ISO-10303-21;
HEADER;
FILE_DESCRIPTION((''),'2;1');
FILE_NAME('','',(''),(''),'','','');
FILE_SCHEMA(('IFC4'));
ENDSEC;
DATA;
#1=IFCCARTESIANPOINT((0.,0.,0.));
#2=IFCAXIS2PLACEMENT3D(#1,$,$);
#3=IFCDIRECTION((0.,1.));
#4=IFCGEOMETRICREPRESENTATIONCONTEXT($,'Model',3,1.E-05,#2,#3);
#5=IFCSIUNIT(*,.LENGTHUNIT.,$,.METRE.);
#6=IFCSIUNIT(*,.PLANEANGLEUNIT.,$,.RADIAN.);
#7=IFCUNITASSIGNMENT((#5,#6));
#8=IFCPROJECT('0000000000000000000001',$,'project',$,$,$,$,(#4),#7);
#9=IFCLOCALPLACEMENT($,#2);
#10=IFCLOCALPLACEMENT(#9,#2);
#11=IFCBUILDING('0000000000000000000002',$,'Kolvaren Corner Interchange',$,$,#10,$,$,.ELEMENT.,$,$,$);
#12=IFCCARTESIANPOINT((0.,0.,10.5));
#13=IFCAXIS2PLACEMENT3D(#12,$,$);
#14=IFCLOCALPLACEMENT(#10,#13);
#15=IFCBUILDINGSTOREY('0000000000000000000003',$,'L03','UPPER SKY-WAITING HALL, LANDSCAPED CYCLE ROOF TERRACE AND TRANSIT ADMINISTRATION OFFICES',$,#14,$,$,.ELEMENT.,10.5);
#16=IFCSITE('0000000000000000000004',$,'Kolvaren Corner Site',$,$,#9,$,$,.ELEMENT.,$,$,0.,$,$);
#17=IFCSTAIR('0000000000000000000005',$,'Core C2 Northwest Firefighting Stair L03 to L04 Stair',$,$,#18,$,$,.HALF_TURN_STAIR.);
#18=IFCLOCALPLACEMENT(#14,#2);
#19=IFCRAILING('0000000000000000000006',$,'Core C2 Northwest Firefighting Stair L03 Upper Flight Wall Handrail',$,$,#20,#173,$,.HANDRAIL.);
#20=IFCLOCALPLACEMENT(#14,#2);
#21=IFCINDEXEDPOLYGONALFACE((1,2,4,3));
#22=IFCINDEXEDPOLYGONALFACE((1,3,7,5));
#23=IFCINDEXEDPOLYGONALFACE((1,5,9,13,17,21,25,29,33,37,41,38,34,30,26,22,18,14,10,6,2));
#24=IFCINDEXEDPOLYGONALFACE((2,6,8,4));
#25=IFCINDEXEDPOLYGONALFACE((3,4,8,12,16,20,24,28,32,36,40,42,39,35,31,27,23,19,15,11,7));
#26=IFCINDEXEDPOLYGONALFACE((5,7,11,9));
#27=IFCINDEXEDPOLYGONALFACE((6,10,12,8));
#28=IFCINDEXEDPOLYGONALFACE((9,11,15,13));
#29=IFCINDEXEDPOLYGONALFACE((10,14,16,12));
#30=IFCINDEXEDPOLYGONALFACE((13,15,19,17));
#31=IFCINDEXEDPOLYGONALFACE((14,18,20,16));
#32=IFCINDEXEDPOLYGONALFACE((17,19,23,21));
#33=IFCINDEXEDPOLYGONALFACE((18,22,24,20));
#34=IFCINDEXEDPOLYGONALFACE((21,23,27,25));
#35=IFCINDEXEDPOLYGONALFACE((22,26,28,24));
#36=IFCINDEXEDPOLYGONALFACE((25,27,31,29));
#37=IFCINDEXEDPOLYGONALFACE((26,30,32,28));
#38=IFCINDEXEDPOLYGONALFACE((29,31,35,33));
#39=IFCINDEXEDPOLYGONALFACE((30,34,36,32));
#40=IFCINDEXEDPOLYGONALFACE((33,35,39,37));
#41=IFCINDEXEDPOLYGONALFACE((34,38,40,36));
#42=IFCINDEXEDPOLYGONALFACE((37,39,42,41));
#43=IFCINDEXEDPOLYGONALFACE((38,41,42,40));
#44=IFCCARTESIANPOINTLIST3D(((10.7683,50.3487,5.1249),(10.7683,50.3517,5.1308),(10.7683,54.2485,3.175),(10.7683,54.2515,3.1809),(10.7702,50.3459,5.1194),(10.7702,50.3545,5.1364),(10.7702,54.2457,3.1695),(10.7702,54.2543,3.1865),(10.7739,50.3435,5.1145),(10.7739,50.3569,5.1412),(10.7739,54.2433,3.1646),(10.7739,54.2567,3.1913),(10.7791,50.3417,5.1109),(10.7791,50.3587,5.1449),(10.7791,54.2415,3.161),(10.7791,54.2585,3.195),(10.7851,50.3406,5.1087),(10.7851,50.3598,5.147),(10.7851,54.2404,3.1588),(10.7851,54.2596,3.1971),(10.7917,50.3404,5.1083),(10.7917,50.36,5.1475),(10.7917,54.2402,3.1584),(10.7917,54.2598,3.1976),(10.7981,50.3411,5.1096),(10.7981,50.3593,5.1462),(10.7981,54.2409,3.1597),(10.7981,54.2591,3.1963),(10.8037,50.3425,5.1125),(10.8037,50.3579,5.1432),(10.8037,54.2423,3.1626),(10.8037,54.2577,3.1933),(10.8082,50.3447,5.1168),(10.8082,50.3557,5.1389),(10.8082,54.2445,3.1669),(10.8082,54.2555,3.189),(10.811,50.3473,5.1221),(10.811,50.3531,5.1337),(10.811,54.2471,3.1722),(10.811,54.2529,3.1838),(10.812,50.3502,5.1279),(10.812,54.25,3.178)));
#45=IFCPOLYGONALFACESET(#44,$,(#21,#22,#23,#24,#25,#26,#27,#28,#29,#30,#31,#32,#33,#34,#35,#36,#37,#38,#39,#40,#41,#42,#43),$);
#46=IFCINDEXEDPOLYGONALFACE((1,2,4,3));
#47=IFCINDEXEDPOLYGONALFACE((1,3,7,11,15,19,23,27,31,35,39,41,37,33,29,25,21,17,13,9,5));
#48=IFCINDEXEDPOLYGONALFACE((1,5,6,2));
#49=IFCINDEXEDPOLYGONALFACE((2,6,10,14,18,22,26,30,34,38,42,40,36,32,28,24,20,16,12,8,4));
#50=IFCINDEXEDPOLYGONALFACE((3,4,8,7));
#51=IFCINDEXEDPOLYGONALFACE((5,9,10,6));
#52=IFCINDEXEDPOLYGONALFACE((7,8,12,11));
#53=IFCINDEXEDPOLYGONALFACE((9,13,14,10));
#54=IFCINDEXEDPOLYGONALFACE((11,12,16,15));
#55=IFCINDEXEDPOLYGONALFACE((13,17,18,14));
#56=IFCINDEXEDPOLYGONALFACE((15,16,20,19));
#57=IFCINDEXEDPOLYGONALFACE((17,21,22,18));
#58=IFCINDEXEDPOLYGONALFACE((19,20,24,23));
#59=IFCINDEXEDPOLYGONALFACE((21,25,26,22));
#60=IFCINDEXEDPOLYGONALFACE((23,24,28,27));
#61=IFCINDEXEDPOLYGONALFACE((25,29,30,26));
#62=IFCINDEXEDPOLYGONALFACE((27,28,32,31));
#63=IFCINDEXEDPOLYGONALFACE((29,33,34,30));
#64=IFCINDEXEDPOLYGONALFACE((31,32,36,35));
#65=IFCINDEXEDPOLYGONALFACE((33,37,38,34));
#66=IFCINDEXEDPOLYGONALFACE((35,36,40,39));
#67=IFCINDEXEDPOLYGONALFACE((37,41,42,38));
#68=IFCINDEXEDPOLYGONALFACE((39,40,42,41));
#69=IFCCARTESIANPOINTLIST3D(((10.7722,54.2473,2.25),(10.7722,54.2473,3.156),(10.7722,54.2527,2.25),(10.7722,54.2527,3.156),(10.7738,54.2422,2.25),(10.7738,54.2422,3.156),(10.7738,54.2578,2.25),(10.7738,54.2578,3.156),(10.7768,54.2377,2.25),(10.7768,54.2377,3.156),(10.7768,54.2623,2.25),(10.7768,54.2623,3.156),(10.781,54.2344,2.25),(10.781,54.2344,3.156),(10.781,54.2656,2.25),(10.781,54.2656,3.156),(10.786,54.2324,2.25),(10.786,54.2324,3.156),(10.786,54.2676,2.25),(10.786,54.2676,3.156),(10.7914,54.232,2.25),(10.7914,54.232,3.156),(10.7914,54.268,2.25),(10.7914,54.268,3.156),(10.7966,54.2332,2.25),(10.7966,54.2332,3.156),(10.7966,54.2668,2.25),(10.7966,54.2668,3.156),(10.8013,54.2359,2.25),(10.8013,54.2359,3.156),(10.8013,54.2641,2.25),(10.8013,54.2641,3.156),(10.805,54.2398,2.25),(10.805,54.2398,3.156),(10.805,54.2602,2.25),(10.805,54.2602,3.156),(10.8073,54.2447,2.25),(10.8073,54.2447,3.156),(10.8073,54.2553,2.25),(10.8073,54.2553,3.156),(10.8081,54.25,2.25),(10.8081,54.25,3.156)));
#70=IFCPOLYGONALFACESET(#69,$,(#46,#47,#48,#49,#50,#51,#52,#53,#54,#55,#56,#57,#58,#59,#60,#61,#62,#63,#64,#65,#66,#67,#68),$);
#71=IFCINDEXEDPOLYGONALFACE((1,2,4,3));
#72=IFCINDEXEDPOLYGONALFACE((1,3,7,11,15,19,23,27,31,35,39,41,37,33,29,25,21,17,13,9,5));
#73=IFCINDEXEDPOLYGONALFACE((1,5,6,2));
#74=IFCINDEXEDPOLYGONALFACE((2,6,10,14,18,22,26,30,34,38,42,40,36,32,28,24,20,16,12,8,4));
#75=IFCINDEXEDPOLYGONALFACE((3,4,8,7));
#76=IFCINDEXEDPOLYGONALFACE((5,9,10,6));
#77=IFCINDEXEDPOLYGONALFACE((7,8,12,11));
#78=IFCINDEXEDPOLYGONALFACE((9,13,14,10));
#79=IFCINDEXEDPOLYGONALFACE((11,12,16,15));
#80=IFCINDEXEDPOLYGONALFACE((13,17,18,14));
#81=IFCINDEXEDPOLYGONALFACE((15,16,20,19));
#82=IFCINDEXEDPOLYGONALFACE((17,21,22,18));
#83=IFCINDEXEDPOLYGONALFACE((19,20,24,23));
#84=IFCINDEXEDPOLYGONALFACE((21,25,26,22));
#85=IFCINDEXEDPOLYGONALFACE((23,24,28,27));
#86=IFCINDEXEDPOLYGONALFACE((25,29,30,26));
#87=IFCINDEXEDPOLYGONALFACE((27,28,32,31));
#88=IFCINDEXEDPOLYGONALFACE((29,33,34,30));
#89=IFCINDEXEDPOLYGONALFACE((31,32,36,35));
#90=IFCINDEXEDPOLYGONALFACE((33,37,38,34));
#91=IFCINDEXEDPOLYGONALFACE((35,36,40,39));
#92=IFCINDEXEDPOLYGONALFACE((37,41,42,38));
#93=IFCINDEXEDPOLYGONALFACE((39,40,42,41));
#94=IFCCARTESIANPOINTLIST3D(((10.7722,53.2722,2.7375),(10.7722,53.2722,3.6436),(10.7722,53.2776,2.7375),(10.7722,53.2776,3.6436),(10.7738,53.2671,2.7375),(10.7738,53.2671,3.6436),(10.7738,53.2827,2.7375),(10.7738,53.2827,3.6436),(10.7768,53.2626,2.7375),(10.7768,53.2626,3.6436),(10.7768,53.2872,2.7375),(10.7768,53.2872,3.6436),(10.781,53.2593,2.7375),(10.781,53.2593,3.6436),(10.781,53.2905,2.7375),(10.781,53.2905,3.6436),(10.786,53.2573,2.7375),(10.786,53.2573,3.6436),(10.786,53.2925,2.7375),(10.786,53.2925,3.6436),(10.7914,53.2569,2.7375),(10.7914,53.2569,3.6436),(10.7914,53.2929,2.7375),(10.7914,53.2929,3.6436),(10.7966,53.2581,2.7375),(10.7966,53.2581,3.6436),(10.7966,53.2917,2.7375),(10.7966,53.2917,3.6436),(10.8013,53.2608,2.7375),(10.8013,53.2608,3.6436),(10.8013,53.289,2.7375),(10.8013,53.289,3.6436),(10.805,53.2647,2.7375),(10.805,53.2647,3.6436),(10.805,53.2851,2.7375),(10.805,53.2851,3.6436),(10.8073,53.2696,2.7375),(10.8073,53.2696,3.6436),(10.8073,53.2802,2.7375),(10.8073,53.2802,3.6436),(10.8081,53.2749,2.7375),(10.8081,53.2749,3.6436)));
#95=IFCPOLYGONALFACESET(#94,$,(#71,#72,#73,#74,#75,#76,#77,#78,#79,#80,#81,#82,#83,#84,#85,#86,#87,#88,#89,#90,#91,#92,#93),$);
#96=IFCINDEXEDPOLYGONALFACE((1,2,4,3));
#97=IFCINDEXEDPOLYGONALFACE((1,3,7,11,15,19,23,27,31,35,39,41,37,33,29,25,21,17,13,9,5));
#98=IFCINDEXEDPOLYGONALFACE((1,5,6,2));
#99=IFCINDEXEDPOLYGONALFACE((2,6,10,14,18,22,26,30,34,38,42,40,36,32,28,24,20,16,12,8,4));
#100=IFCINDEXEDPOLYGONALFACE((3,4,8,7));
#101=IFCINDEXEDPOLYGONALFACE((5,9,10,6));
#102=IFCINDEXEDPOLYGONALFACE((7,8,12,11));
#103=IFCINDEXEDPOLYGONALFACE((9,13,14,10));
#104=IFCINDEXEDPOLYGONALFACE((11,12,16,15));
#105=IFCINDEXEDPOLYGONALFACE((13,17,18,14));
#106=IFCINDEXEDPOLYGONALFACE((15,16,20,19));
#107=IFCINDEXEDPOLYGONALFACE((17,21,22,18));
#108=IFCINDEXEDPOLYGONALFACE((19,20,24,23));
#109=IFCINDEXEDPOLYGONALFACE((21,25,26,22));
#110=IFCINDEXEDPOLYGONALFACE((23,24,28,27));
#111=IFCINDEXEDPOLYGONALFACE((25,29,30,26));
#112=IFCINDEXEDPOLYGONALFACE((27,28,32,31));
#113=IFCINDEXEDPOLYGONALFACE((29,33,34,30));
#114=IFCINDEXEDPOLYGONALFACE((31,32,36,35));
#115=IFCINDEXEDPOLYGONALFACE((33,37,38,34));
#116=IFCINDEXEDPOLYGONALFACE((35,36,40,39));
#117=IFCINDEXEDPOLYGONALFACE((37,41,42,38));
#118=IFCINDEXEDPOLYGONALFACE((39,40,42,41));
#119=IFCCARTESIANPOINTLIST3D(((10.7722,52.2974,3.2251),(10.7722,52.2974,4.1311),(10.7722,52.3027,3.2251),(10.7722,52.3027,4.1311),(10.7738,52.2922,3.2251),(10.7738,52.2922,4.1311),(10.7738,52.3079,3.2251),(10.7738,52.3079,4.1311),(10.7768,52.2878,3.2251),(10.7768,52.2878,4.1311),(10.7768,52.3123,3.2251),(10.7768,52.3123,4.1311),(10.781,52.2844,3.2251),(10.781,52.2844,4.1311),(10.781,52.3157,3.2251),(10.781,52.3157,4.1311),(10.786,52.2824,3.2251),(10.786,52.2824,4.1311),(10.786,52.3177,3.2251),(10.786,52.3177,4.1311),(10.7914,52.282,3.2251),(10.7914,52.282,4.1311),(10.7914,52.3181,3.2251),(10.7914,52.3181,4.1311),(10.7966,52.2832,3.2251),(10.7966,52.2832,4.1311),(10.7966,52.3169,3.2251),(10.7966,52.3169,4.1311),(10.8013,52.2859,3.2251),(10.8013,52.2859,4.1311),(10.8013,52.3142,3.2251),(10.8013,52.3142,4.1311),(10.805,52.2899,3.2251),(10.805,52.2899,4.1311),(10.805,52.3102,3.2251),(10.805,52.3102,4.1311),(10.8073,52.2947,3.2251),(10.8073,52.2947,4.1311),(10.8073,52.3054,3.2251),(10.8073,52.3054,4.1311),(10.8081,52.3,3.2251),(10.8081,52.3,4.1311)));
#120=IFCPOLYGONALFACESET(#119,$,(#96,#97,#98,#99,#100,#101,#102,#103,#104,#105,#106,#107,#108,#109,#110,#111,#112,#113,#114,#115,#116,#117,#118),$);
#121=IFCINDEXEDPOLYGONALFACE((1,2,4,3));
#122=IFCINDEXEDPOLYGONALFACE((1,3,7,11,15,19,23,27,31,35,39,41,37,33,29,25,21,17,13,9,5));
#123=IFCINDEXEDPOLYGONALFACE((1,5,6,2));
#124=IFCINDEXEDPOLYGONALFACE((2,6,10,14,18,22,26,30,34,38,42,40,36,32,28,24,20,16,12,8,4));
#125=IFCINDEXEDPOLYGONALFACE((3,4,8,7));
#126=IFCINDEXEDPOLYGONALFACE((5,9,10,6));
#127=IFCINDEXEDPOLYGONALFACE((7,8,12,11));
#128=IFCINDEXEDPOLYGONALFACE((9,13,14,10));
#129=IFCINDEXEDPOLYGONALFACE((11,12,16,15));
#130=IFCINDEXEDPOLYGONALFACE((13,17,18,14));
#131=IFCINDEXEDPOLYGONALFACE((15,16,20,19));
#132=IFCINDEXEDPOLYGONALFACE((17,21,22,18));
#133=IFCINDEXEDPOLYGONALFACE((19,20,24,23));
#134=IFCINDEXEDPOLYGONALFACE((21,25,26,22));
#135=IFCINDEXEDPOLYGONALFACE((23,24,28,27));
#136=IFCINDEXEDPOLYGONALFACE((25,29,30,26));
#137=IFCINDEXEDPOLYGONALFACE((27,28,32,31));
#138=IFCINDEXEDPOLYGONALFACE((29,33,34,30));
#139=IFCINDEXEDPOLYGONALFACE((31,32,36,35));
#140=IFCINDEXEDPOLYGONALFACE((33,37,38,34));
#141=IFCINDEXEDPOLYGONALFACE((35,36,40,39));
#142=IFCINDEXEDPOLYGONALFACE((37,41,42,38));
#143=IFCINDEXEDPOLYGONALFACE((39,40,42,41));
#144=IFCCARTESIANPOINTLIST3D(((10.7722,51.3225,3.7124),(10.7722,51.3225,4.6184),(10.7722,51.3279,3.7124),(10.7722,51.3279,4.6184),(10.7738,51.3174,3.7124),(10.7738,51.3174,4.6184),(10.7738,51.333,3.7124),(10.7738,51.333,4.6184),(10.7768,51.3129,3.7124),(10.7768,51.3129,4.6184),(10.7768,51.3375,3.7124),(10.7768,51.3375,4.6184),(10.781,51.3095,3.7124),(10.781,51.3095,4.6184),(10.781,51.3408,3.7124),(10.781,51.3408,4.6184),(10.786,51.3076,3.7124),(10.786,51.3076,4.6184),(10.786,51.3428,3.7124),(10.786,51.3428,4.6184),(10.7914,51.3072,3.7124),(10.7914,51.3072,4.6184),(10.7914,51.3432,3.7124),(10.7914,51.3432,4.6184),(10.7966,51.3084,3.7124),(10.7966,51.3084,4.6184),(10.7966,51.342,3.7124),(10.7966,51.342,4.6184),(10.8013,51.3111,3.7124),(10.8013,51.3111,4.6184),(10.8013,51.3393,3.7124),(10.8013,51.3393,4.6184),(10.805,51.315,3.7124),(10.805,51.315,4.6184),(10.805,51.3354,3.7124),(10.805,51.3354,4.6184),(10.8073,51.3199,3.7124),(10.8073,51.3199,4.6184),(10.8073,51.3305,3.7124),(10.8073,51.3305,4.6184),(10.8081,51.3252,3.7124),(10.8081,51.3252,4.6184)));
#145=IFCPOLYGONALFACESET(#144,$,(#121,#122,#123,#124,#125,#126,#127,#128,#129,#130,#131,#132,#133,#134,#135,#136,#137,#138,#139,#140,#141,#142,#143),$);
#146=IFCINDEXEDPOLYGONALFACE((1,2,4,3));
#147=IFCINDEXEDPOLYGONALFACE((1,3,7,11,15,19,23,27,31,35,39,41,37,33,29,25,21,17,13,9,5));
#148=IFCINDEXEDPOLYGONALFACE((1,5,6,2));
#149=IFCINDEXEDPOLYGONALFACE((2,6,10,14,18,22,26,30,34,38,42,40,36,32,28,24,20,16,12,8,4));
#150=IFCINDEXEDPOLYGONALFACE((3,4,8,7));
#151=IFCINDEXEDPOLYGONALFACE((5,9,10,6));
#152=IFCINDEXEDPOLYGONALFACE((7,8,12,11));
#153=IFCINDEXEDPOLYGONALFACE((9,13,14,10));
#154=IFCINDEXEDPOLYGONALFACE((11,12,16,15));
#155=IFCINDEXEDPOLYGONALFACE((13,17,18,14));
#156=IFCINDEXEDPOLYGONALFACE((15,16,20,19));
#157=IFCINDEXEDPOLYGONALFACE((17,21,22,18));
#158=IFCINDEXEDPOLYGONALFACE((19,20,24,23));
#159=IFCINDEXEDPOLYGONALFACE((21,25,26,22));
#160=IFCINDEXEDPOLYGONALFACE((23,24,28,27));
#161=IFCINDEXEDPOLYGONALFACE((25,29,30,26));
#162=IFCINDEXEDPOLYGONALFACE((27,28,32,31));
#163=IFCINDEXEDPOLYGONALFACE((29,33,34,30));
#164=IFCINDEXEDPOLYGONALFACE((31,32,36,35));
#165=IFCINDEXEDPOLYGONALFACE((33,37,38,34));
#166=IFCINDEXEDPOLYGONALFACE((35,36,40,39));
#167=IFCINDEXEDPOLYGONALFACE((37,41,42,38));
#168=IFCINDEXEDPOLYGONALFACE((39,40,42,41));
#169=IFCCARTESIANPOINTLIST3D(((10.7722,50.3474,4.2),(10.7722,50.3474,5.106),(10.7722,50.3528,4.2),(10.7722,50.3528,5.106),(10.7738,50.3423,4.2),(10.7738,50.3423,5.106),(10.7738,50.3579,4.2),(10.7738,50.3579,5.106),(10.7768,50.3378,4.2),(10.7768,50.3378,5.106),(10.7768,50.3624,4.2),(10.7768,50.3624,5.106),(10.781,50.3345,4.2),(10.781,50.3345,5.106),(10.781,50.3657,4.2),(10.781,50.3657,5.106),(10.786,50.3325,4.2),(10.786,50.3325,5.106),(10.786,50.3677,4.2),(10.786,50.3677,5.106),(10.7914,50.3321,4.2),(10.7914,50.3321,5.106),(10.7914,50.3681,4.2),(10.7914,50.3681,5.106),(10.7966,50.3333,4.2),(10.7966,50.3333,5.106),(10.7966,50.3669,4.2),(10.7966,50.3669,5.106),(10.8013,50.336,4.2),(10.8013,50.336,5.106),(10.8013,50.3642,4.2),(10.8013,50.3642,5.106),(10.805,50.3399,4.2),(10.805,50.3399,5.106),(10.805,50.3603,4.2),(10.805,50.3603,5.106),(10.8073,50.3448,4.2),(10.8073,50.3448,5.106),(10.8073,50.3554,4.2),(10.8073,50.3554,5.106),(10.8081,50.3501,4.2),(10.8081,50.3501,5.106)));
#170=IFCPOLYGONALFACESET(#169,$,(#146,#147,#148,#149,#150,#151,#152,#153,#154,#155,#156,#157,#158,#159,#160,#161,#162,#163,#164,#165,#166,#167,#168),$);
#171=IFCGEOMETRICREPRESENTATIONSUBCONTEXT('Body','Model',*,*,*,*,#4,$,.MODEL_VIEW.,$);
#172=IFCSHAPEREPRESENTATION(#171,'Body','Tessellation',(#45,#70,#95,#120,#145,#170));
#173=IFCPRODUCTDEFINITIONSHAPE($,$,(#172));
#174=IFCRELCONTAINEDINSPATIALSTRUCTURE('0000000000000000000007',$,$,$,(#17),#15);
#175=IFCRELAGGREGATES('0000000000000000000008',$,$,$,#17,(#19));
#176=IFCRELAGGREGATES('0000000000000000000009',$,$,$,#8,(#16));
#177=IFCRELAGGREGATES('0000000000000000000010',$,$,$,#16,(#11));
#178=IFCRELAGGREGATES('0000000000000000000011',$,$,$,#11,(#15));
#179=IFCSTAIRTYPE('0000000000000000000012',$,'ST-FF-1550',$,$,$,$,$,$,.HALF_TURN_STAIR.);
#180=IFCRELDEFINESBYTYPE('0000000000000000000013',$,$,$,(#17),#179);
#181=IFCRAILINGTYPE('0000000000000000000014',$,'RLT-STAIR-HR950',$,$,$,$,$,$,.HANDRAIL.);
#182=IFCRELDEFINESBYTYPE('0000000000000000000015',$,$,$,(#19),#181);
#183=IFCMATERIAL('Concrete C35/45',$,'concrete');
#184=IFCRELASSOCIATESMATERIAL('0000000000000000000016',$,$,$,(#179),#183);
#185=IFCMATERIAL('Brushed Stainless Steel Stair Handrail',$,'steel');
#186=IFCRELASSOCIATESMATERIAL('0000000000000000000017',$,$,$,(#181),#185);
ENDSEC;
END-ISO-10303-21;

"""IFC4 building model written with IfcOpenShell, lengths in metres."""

from ifc_helpers import new_model, si_unit, direction, frame, origin, origin_2d, place, context, subcontext, project, spatial, circle, extrude, material, type_object, element, aggregate, save


model = new_model("IFC4")

# Units and contexts
model_context = context("Model", 3, precision=1e-05, world=origin(), true_north=direction((0.0, 1.0)))
body_context = subcontext(model_context, "Body", "Model", "MODEL_VIEW")
ifc_project = project(units=[si_unit("LENGTHUNIT", "METRE"), si_unit("PLANEANGLEUNIT", "RADIAN")], contexts=[model_context])

# Site, building, storey
site_placement = place(None, origin())
site = spatial("IfcSite", under=ifc_project, at=site_placement, Name="Kolvaren Corner Site", CompositionType="ELEMENT", RefElevation=0.0)
building_placement = place(site_placement, origin())
building = spatial("IfcBuilding", under=site, at=building_placement, Name="Kolvaren Corner Interchange", CompositionType="ELEMENT")
storey_placement = place(building_placement, frame((0.0, 0.0, 10.5)))
storey = spatial("IfcBuildingStorey", under=building, at=storey_placement, Name="L03", Description="UPPER SKY-WAITING HALL, LANDSCAPED CYCLE ROOF TERRACE AND TRANSIT ADMINISTRATION OFFICES", CompositionType="ELEMENT", Elevation=10.5)

# Stair, railing
ifc_material_1 = material(Name="Concrete C35/45", Category="concrete")
stair_type = type_object("IfcStairType", Name="ST-FF-1550", PredefinedType="HALF_TURN_STAIR", material=ifc_material_1)
stair_placement = place(storey_placement, origin())
stair = element("IfcStair", 1, at=stair_placement, inside=storey, type_object=stair_type, Name="Core C2 Northwest Firefighting Stair L03 to L04 Stair", PredefinedType="HALF_TURN_STAIR")
ifc_material_2 = material(Name="Brushed Stainless Steel Stair Handrail", Category="steel")
railing_type = type_object("IfcRailingType", Name="RLT-STAIR-HR950", PredefinedType="HANDRAIL", material=ifc_material_2)
railing_placement = place(storey_placement, frame((10.79, 54.25, 2.25)))
railing = element("IfcRailing", 2, at=railing_placement, type_object=railing_type, Name="Core C2 Northwest Firefighting Stair L03 Upper Flight Wall Handrail", PredefinedType="HANDRAIL", context=body_context, shape_type="SweptSolid", body=[
    extrude(circle(Radius=0.022, at=origin_2d()), frame((0.0, 0.0, 0.928), z_axis=(0.0, -0.894427, 0.447214), x_axis=(1.0, 0.0, 0.0)), (0.0, 0.0, 1.0), 4.3601),
    extrude(circle(Radius=0.0181, at=origin_2d()), origin(), (0.0, 0.0, 1.0), 0.906),
    extrude(circle(Radius=0.0181, at=origin_2d()), frame((0.0, -0.9751, 0.4875)), (0.0, 0.0, 1.0), 0.906),
    extrude(circle(Radius=0.0181, at=origin_2d()), frame((0.0, -1.95, 0.9751)), (0.0, 0.0, 1.0), 0.906),
    extrude(circle(Radius=0.0181, at=origin_2d()), frame((0.0, -2.9248, 1.4624)), (0.0, 0.0, 1.0), 0.906),
    extrude(circle(Radius=0.0181, at=origin_2d()), frame((0.0, -3.8999, 1.95)), (0.0, 0.0, 1.0), 0.906),
])
aggregate(stair, [railing])

save(model, "model.ifc")
